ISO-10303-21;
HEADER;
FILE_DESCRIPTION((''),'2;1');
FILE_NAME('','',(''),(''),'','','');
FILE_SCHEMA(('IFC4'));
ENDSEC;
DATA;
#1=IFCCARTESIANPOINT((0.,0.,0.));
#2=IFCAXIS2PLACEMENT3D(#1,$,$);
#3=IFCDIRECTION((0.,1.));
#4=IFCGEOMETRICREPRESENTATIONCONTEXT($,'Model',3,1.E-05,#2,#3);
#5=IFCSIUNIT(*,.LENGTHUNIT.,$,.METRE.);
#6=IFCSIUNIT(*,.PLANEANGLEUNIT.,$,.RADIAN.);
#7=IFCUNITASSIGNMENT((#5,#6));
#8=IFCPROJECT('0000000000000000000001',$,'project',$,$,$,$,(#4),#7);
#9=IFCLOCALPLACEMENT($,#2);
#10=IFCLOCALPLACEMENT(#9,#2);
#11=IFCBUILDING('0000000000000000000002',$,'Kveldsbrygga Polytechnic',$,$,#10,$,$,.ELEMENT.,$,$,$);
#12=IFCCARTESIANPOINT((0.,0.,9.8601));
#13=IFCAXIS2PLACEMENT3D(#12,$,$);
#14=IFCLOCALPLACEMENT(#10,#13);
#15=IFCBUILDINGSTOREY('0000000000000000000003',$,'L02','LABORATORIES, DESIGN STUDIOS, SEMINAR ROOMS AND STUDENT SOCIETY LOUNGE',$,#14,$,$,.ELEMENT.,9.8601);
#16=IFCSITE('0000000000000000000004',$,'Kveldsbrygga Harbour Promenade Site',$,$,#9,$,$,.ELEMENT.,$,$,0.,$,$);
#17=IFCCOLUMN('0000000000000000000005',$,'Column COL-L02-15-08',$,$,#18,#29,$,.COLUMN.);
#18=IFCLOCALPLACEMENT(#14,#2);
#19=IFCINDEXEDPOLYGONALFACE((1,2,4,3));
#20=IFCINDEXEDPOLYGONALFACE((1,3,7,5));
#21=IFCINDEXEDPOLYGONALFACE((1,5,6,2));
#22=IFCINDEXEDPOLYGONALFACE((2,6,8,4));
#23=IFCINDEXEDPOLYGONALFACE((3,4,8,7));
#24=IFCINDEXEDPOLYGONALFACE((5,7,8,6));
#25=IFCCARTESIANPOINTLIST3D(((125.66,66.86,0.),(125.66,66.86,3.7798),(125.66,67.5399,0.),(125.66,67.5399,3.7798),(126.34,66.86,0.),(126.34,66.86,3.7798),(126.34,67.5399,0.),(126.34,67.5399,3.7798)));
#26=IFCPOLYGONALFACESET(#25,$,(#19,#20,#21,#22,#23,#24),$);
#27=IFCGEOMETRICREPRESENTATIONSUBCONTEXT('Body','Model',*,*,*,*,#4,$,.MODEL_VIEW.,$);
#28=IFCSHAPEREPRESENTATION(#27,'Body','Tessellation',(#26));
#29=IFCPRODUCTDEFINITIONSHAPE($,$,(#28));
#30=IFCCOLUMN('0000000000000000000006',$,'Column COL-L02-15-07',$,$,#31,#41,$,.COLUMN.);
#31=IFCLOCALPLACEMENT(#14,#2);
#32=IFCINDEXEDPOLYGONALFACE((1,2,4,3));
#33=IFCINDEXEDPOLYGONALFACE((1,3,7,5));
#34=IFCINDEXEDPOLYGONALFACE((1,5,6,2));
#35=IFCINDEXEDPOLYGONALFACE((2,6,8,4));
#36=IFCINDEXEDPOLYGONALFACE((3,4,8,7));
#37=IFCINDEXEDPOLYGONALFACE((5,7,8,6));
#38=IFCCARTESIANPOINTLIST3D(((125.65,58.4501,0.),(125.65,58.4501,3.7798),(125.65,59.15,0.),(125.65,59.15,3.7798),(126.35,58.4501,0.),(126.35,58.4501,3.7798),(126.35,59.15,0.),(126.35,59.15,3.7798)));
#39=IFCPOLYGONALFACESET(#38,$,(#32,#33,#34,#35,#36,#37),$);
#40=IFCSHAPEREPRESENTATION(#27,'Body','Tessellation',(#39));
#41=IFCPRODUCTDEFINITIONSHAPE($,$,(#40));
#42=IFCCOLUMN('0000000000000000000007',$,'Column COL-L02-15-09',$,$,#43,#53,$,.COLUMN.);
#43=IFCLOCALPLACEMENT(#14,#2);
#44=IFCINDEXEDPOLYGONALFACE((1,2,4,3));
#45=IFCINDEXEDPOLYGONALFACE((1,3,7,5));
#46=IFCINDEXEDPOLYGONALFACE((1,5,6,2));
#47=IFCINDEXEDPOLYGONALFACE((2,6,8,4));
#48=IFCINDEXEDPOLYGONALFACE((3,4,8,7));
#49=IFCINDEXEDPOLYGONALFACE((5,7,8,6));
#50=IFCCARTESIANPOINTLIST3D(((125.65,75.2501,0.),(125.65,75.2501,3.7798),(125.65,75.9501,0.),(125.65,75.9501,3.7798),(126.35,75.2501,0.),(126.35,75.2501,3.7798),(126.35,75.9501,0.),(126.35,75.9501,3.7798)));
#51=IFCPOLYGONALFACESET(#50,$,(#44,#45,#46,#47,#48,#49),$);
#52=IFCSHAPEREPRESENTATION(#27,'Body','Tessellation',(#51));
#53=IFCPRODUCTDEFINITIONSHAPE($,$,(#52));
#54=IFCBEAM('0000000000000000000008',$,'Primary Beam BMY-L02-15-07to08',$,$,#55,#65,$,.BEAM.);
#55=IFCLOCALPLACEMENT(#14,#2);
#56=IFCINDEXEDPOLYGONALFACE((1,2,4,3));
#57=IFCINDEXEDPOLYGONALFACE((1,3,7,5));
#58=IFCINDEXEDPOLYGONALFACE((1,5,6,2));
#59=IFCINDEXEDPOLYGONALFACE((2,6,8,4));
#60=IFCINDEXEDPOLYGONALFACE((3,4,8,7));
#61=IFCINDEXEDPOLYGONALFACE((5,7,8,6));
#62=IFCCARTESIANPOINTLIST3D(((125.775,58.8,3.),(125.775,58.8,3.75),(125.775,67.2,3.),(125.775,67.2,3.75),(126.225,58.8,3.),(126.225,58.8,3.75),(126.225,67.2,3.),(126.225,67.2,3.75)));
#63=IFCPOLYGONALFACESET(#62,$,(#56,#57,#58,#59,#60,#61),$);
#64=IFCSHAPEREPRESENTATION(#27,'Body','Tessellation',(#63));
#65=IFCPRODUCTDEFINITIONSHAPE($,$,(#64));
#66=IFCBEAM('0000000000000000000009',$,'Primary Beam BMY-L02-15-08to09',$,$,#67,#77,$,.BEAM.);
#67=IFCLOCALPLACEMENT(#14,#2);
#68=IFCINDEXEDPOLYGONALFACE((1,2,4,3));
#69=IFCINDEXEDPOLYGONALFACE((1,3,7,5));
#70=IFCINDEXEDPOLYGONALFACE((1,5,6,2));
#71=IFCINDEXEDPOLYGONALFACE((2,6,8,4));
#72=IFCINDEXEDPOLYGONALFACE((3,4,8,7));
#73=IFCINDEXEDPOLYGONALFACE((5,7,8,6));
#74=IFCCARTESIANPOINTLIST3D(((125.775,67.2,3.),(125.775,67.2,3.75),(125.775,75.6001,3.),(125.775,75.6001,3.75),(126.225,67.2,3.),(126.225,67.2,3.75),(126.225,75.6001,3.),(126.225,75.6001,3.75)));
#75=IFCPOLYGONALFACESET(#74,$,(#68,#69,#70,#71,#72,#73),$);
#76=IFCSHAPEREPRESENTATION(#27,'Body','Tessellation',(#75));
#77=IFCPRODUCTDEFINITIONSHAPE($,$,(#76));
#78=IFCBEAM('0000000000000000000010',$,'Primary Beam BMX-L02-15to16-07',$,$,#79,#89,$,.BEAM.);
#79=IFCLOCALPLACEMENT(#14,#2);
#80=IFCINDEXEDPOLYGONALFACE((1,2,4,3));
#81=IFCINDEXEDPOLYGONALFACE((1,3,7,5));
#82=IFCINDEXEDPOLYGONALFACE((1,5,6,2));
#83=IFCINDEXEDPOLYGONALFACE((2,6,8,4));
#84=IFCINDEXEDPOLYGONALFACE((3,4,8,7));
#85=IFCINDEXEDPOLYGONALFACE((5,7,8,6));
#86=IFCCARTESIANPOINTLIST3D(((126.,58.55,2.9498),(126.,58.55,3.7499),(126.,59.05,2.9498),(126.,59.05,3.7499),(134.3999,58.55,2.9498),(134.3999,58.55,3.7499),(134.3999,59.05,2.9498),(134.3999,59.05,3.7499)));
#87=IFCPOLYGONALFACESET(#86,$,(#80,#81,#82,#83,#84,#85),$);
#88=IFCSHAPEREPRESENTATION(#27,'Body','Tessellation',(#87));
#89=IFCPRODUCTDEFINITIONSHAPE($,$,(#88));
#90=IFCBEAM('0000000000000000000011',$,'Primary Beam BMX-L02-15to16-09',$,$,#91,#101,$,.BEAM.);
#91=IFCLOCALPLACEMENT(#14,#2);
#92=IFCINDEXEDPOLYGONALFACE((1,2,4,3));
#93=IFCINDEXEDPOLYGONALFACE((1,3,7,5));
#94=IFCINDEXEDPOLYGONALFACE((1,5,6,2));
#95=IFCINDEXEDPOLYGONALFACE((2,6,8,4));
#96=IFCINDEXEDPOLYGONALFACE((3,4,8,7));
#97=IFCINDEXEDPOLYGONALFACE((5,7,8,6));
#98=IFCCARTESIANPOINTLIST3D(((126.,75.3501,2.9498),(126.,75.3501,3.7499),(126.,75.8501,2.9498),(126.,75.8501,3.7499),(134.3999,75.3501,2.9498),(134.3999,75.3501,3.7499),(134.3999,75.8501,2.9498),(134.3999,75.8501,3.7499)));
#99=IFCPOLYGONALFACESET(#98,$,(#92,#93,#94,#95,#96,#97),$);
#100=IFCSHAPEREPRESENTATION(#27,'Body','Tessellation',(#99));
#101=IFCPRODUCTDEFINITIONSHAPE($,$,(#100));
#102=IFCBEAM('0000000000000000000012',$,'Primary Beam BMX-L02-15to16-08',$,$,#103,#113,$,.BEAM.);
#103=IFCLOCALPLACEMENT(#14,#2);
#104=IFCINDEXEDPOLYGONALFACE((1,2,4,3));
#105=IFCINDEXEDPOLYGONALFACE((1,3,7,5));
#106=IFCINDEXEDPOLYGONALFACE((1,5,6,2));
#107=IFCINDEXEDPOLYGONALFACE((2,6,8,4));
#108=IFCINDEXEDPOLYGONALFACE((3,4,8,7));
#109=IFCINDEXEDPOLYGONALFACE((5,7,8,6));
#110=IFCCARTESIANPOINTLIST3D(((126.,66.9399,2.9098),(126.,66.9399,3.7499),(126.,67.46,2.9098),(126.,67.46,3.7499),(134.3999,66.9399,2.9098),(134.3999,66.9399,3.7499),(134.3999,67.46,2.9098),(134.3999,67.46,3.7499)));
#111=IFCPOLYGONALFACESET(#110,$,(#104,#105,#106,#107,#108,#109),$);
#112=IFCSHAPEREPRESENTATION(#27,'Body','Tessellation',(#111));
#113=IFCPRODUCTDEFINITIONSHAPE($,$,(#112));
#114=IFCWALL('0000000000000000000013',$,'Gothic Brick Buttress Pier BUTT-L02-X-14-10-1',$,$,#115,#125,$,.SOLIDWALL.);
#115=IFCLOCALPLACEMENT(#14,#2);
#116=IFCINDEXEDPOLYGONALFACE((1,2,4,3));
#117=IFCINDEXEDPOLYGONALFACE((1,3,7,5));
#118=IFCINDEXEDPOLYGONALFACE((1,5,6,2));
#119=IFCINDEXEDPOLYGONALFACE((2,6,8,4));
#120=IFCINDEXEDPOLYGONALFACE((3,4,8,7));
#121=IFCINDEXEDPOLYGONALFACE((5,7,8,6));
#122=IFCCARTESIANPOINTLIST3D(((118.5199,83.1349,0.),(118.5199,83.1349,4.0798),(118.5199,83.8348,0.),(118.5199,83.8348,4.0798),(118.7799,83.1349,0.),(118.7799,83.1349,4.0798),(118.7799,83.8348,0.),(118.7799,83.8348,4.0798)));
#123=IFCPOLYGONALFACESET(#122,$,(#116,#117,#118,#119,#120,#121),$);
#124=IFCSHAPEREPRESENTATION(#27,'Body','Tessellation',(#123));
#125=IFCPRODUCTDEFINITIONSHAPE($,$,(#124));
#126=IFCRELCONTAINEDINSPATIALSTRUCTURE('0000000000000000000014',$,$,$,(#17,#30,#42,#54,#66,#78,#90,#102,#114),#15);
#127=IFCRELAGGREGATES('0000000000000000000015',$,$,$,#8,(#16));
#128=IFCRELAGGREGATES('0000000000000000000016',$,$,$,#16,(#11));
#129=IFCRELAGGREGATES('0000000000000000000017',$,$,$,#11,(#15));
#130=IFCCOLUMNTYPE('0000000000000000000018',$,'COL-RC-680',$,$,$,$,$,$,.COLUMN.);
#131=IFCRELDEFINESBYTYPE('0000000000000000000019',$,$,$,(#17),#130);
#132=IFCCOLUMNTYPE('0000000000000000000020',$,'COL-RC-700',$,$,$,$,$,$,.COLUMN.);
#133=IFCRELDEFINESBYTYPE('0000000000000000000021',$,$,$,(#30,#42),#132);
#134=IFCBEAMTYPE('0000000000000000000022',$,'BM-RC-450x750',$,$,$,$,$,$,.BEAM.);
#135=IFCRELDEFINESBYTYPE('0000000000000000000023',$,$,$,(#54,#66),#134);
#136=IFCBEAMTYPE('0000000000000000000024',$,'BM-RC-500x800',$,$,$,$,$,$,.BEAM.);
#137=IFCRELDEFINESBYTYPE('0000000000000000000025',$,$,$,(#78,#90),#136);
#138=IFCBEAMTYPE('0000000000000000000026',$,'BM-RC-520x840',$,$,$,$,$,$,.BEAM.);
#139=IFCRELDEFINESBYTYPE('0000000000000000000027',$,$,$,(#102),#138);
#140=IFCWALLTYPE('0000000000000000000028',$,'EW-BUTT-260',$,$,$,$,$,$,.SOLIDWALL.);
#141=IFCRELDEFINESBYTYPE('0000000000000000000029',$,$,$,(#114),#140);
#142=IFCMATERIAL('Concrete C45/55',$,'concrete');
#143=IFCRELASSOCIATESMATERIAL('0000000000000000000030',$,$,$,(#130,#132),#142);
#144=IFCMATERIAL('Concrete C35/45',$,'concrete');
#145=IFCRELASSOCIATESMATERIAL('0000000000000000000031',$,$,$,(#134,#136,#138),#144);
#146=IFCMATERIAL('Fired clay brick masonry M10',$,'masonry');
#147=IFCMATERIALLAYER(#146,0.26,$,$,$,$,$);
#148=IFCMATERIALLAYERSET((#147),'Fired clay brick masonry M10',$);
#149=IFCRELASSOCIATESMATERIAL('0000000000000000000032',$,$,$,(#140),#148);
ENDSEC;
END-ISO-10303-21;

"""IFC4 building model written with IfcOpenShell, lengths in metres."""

from ifc_helpers import new_model, si_unit, direction, frame, frame_2d, origin, origin_2d, place, context, subcontext, project, spatial, rectangle, extrude, material, layer, layer_set, material_profile, profile_set, type_object, element, save


model = new_model("IFC4")

# Units and contexts
model_context = context("Model", 3, precision=1e-05, world=origin(), true_north=direction((0.0, 1.0)))
body_context = subcontext(model_context, "Body", "Model", "MODEL_VIEW")
ifc_project = project(units=[si_unit("LENGTHUNIT", "METRE"), si_unit("PLANEANGLEUNIT", "RADIAN")], contexts=[model_context])

# Site, building, storey
site_placement = place(None, origin())
site = spatial("IfcSite", under=ifc_project, at=site_placement, Name="Kveldsbrygga Harbour Promenade Site", CompositionType="ELEMENT", RefElevation=0.0)
building_placement = place(site_placement, origin())
building = spatial("IfcBuilding", under=site, at=building_placement, Name="Kveldsbrygga Polytechnic", CompositionType="ELEMENT")
storey_placement = place(building_placement, frame((0.0, 0.0, 9.8601)))
storey = spatial("IfcBuildingStorey", under=building, at=storey_placement, Name="L02", Description="LABORATORIES, DESIGN STUDIOS, SEMINAR ROOMS AND STUDENT SOCIETY LOUNGE", CompositionType="ELEMENT", Elevation=9.8601)

# Columns
ifc_material_1 = material(Name="Concrete C45/55", Category="concrete")
ifc_material_profile_1 = material_profile(ifc_material_1, rectangle(XDim=0.6799, YDim=0.6799, at=origin_2d()), Name="RC 680x680")
ifc_profile_set_1 = profile_set([ifc_material_profile_1], Name="Concrete C45/55")
column_type_1 = type_object("IfcColumnType", Name="COL-RC-680", PredefinedType="COLUMN", material=ifc_profile_set_1)
column_placement = place(storey_placement, frame((126.0, 67.2, 0.0), z_axis=(0.0, 0.0, 1.0), x_axis=(1.0, 0.0, 0.0)))
element("IfcColumn", 1, at=column_placement, inside=storey, type_object=column_type_1, Name="Column COL-L02-15-08", PredefinedType="COLUMN", context=body_context, shape_type="SweptSolid", body=[
    extrude(rectangle(XDim=0.6799, YDim=0.6799, at=origin_2d()), origin(), (0.0, 0.0, 1.0), 3.7798),
])
ifc_material_profile_2 = material_profile(ifc_material_1, rectangle(XDim=0.7, YDim=0.7, at=origin_2d()), Name="RC 700x700")
ifc_profile_set_2 = profile_set([ifc_material_profile_2], Name="Concrete C45/55")
column_type_2 = type_object("IfcColumnType", Name="COL-RC-700", PredefinedType="COLUMN", material=ifc_profile_set_2)
for number, where, z_axis, x_axis, name in (
    (2, (126.0, 58.8, 0.0), (0.0, 0.0, 1.0), (1.0, 0.0, 0.0), "Column COL-L02-15-07"),
    (3, (126.0, 75.6001, 0.0), (0.0, 0.0, 1.0), (1.0, 0.0, 0.0), "Column COL-L02-15-09"),
):
    element("IfcColumn", number, at=place(storey_placement, frame(where, z_axis=z_axis, x_axis=x_axis)), inside=storey, type_object=column_type_2, Name=name, PredefinedType="COLUMN", context=body_context, shape_type="SweptSolid", body=[
        extrude(rectangle(XDim=0.7, YDim=0.7, at=origin_2d()), origin(), (0.0, 0.0, 1.0), 3.7798),
    ])

# Beams
ifc_material_2 = material(Name="Concrete C35/45", Category="concrete")
ifc_material_profile_3 = material_profile(ifc_material_2, rectangle(XDim=0.45, YDim=0.75, at=origin_2d()), Name="RC 450x750")
ifc_profile_set_3 = profile_set([ifc_material_profile_3], Name="Concrete C35/45")
beam_type_1 = type_object("IfcBeamType", Name="BM-RC-450x750", PredefinedType="BEAM", material=ifc_profile_set_3)
beam_1_placement = place(storey_placement, frame((126.0, 58.8, 3.375), z_axis=(0.0, 1.0, 0.0), x_axis=(-1.0, 0.0, 0.0)))
element("IfcBeam", 4, at=beam_1_placement, inside=storey, type_object=beam_type_1, Name="Primary Beam BMY-L02-15-07to08", PredefinedType="BEAM", context=body_context, shape_type="SweptSolid", body=[
    extrude(rectangle(XDim=0.45, YDim=0.75, at=origin_2d()), origin(), (0.0, 0.0, 1.0), 8.3999),
])
beam_2_placement = place(storey_placement, frame((126.0, 67.2, 3.375), z_axis=(0.0, 1.0, 0.0), x_axis=(-1.0, 0.0, 0.0)))
element("IfcBeam", 5, at=beam_2_placement, inside=storey, type_object=beam_type_1, Name="Primary Beam BMY-L02-15-08to09", PredefinedType="BEAM", context=body_context, shape_type="SweptSolid", body=[
    extrude(rectangle(XDim=0.45, YDim=0.75, at=origin_2d()), origin(), (0.0, 0.0, 1.0), 8.4001),
])
ifc_material_profile_4 = material_profile(ifc_material_2, rectangle(XDim=0.5, YDim=0.8, at=origin_2d()), Name="RC 500x800")
ifc_profile_set_4 = profile_set([ifc_material_profile_4], Name="Concrete C35/45")
beam_type_2 = type_object("IfcBeamType", Name="BM-RC-500x800", PredefinedType="BEAM", material=ifc_profile_set_4)
for number, where, z_axis, x_axis, name in (
    (6, (126.0, 58.8, 3.3499), (1.0, 0.0, 0.0), (0.0, 1.0, 0.0), "Primary Beam BMX-L02-15to16-07"),
    (7, (126.0, 75.6001, 3.3499), (1.0, 0.0, 0.0), (0.0, 1.0, 0.0), "Primary Beam BMX-L02-15to16-09"),
):
    element("IfcBeam", number, at=place(storey_placement, frame(where, z_axis=z_axis, x_axis=x_axis)), inside=storey, type_object=beam_type_2, Name=name, PredefinedType="BEAM", context=body_context, shape_type="SweptSolid", body=[
        extrude(rectangle(XDim=0.5, YDim=0.8, at=origin_2d()), origin(), (0.0, 0.0, 1.0), 8.3999),
    ])
ifc_material_profile_5 = material_profile(ifc_material_2, rectangle(XDim=0.52, YDim=0.8401, at=origin_2d()), Name="RC 520x840")
ifc_profile_set_5 = profile_set([ifc_material_profile_5], Name="Concrete C35/45")
beam_type_3 = type_object("IfcBeamType", Name="BM-RC-520x840", PredefinedType="BEAM", material=ifc_profile_set_5)
beam_3_placement = place(storey_placement, frame((126.0, 67.2, 3.3298), z_axis=(1.0, 0.0, 0.0), x_axis=(0.0, 1.0, 0.0)))
element("IfcBeam", 8, at=beam_3_placement, inside=storey, type_object=beam_type_3, Name="Primary Beam BMX-L02-15to16-08", PredefinedType="BEAM", context=body_context, shape_type="SweptSolid", body=[
    extrude(rectangle(XDim=0.52, YDim=0.8401, at=origin_2d()), origin(), (0.0, 0.0, 1.0), 8.3999),
])

# Wall
ifc_material_3 = material(Name="Fired clay brick masonry M10", Category="masonry")
ifc_layer_1 = layer(ifc_material_3, 0.26)
ifc_layer_set_1 = layer_set([ifc_layer_1], Name="Fired clay brick masonry M10")
wall_type_1 = type_object("IfcWallType", Name="EW-BUTT-260", PredefinedType="SOLIDWALL", material=ifc_layer_set_1)
wall_1_placement = place(storey_placement, frame((118.6499, 83.835, 0.0), z_axis=(0.0, 0.0, 1.0), x_axis=(0.0, -1.0, 0.0)))
element("IfcWall", 9, at=wall_1_placement, inside=storey, type_object=wall_type_1, Name="Gothic Brick Buttress Pier BUTT-L02-X-14-10-1", PredefinedType="SOLIDWALL", context=body_context, shape_type="SweptSolid", body=[
    extrude(rectangle(XDim=0.7, YDim=0.26, at=frame_2d((0.3501, 0.0))), origin(), (0.0, 0.0, 1.0), 4.0798),
])

save(model, "model.ifc")
